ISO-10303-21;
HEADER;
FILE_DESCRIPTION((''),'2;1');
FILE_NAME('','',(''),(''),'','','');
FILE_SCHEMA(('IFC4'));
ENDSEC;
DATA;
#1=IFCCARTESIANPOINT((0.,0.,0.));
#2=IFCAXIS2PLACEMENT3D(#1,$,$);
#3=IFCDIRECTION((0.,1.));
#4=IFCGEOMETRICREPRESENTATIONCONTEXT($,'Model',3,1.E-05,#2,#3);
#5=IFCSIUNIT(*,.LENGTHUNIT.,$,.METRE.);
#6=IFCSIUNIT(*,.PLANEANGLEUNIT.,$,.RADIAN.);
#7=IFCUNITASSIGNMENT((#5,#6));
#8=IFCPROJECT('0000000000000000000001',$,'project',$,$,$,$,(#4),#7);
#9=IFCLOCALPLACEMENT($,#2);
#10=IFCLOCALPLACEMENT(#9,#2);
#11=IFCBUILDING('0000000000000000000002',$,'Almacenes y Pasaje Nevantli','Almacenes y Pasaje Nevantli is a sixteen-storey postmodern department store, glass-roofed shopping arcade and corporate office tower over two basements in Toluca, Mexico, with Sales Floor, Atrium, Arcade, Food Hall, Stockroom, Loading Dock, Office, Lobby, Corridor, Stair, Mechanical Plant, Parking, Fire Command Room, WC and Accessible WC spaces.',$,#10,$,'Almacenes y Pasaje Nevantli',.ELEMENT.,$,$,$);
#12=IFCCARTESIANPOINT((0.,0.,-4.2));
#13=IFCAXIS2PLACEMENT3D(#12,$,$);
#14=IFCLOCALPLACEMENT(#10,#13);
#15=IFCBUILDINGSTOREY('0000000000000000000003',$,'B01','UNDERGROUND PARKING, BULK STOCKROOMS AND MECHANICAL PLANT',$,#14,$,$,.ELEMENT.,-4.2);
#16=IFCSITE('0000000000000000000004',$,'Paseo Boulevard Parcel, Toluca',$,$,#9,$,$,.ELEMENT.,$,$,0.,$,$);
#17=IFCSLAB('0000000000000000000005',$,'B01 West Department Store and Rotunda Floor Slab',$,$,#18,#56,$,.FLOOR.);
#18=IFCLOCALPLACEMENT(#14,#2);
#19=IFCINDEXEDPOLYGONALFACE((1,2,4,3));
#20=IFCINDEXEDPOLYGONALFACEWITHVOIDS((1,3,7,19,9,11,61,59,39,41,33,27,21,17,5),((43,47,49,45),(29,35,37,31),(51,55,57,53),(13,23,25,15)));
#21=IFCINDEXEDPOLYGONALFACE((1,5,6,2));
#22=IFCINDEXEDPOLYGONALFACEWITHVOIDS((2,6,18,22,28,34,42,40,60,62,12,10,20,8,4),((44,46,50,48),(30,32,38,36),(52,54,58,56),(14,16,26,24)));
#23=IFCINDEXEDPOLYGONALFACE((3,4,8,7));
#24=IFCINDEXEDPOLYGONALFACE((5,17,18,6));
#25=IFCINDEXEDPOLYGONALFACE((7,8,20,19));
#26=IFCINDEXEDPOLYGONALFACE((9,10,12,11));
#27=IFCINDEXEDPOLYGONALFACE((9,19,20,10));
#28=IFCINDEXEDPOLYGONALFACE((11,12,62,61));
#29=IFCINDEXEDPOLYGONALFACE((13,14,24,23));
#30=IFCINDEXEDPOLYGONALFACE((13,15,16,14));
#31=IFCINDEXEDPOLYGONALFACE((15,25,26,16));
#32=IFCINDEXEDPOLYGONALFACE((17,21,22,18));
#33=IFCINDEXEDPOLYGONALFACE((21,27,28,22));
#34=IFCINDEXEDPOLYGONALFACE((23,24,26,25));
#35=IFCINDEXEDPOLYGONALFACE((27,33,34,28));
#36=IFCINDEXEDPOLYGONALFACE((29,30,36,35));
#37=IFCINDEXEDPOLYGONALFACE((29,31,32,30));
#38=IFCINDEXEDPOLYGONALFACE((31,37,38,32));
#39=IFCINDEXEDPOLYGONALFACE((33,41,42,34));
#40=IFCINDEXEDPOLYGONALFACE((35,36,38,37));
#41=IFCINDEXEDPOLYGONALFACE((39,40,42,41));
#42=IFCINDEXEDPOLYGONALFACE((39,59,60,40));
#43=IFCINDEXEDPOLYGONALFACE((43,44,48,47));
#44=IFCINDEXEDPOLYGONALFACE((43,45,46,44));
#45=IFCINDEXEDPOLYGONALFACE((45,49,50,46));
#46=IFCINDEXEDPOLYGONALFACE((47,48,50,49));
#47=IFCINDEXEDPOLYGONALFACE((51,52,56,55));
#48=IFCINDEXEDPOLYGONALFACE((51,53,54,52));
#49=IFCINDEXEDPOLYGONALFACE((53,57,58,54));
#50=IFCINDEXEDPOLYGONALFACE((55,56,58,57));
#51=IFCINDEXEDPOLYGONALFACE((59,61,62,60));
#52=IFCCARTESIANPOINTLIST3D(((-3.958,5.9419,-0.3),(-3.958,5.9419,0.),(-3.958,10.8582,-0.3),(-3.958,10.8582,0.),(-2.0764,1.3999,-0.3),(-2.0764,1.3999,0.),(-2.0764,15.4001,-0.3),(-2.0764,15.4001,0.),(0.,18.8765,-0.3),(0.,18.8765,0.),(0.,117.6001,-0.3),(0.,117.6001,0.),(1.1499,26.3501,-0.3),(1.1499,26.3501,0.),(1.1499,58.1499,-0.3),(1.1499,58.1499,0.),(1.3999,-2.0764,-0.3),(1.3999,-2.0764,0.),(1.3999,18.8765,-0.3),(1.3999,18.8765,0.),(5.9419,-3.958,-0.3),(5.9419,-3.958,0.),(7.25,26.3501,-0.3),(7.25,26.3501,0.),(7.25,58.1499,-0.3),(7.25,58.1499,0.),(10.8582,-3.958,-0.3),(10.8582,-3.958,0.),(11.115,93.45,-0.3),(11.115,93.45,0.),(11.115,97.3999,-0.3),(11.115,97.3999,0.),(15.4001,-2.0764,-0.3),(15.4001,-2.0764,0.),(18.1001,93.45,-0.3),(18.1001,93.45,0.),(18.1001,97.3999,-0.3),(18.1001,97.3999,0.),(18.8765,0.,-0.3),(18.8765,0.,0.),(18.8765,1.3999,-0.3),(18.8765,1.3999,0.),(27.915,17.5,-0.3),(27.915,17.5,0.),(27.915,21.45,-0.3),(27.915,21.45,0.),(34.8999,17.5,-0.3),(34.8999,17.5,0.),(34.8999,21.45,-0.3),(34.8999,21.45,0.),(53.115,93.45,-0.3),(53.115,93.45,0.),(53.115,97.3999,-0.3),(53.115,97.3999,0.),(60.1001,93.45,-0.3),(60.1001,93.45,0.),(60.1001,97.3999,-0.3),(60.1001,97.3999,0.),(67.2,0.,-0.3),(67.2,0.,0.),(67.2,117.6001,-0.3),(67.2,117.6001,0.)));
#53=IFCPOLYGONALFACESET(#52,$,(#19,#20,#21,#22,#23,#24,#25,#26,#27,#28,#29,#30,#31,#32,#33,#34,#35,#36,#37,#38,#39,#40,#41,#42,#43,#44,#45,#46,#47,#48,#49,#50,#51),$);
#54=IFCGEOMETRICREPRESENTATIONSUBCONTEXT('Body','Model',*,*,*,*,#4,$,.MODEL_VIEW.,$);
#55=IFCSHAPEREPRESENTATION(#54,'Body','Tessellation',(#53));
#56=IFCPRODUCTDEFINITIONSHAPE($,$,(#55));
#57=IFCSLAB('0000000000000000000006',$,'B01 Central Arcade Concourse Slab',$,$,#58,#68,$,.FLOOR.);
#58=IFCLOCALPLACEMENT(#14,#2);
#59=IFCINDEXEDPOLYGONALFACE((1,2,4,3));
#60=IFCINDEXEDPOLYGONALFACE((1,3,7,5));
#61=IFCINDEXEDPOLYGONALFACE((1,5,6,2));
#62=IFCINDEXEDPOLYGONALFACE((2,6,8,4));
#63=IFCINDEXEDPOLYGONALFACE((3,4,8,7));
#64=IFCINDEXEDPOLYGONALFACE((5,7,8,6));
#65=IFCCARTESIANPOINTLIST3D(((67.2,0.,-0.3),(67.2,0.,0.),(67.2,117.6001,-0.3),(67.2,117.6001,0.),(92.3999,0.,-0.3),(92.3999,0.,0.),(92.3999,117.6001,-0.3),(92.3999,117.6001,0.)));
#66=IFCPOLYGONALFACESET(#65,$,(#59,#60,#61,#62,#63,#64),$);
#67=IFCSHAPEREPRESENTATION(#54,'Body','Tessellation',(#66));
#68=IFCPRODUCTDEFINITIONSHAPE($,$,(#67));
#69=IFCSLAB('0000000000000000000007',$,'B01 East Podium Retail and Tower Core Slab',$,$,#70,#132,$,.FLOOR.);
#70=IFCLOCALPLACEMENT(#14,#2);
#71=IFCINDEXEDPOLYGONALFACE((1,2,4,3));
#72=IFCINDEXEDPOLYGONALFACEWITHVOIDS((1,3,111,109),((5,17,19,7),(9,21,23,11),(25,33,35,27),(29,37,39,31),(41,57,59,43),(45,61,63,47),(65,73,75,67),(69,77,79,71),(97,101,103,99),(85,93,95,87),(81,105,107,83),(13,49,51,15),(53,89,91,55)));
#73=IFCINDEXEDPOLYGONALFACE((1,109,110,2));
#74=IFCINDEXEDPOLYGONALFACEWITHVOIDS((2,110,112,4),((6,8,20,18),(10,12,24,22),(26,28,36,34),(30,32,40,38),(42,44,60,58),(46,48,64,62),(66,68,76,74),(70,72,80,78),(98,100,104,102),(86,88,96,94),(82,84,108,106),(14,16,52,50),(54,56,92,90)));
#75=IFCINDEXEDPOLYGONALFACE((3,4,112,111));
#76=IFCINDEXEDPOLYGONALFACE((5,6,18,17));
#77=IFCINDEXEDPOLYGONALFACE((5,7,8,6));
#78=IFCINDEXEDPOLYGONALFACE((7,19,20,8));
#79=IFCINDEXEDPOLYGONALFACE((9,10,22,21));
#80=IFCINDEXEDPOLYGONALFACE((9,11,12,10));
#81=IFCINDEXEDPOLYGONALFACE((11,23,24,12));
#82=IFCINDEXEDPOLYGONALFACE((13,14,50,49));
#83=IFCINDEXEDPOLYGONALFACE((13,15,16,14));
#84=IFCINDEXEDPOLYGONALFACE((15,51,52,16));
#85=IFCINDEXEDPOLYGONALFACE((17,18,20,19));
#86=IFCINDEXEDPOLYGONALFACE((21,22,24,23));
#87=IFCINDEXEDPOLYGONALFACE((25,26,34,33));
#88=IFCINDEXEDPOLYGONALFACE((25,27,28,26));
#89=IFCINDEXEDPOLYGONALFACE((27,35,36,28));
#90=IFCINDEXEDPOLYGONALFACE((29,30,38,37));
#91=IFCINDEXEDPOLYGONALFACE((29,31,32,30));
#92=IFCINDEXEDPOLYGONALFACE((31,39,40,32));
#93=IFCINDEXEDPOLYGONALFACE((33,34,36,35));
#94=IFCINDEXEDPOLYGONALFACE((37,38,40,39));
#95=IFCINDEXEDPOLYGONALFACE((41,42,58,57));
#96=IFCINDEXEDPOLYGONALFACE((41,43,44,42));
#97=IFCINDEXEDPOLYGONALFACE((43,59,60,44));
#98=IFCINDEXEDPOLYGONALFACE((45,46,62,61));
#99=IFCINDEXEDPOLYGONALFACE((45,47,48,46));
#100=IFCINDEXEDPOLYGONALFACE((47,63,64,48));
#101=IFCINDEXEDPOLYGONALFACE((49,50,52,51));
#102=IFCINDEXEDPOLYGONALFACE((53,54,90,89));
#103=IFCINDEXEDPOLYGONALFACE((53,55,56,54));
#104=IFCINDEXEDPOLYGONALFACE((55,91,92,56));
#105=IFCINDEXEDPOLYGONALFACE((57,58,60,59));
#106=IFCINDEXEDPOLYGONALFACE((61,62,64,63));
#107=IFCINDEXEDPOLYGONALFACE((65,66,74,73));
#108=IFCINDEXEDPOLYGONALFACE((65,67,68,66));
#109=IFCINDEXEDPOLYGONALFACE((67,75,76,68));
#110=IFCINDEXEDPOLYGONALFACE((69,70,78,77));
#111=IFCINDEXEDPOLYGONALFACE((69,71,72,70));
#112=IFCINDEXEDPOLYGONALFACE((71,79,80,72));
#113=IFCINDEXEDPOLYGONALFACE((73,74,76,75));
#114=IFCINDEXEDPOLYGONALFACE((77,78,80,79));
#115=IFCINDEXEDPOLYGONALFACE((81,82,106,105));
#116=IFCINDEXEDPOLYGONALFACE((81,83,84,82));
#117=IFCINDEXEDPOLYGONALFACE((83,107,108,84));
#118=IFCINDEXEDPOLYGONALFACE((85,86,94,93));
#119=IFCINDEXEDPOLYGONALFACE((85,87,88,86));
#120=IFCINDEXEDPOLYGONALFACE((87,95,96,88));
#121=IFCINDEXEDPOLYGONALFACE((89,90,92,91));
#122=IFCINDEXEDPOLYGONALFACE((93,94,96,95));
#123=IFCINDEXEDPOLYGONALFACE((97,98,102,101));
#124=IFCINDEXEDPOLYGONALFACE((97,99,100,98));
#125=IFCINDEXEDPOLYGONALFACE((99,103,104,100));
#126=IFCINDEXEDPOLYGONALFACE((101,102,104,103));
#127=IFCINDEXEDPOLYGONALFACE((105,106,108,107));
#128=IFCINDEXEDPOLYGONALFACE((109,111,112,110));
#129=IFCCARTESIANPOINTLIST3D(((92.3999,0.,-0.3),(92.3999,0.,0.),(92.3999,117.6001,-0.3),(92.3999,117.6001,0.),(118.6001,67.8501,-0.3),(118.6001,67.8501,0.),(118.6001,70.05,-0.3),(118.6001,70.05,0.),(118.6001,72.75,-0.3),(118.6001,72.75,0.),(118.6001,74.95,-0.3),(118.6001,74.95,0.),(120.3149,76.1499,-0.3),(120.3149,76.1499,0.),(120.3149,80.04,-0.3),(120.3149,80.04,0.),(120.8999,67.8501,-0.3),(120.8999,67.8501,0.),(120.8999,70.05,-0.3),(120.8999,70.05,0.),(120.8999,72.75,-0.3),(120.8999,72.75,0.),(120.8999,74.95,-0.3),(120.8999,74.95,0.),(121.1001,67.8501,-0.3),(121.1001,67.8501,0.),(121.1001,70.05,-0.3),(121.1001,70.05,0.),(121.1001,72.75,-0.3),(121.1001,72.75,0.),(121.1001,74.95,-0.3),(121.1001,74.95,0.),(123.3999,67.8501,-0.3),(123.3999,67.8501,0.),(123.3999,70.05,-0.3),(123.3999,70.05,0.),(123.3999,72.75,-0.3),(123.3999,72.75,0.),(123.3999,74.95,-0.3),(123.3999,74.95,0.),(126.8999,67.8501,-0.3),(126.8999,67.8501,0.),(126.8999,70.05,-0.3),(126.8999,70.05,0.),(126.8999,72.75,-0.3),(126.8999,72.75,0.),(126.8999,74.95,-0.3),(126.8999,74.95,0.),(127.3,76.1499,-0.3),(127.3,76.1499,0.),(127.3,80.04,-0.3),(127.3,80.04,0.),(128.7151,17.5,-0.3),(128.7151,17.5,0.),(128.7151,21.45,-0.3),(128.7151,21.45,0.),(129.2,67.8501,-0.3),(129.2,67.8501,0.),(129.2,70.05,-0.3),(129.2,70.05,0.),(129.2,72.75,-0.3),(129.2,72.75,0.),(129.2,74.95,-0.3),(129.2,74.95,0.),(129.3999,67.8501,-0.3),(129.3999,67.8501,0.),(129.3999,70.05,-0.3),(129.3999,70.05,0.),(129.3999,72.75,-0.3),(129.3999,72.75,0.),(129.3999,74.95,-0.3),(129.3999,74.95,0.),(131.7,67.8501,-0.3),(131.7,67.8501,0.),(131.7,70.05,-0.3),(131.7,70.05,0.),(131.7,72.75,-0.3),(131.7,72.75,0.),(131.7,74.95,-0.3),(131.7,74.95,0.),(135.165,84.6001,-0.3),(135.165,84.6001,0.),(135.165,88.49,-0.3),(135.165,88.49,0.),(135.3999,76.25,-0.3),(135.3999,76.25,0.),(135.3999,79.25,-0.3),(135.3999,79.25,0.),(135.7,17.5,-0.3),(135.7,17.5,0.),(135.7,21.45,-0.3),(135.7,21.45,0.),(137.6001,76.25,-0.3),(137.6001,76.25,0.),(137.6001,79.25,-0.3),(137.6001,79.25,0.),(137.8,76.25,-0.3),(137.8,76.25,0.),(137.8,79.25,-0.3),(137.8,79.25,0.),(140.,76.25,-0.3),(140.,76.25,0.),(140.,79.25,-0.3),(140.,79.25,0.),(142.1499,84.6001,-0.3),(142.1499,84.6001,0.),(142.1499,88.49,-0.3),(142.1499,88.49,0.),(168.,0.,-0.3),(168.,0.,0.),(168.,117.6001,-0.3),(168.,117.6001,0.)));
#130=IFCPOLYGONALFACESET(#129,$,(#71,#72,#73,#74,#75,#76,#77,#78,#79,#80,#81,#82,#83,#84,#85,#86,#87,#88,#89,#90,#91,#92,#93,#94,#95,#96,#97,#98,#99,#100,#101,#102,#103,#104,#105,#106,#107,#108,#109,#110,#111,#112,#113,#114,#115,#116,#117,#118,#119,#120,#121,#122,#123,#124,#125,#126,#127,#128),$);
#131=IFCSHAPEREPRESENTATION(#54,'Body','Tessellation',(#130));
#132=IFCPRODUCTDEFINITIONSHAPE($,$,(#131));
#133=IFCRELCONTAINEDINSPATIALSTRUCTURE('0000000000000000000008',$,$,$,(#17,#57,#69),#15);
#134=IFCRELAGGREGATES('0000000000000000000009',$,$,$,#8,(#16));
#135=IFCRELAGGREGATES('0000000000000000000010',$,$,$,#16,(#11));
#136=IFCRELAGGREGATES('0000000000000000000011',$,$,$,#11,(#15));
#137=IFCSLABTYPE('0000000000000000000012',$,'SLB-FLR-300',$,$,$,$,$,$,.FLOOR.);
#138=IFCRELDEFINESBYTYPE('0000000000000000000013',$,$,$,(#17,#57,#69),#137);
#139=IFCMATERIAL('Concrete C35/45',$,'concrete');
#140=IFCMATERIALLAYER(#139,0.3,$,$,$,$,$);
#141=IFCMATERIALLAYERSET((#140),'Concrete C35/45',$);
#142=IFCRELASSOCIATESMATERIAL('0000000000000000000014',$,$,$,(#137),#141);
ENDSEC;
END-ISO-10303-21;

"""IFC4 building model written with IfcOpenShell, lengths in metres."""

from ifc_helpers import new_model, si_unit, direction, frame, origin, place, context, subcontext, project, spatial, polyline, outline, extrude, material, layer, layer_set, type_object, element, save


model = new_model("IFC4")

# Units and contexts
model_context = context("Model", 3, precision=1e-05, world=origin(), true_north=direction((0.0, 1.0)))
body_context = subcontext(model_context, "Body", "Model", "MODEL_VIEW")
ifc_project = project(units=[si_unit("LENGTHUNIT", "METRE"), si_unit("PLANEANGLEUNIT", "RADIAN")], contexts=[model_context])

# Site, building, storey
site_placement = place(None, origin())
site = spatial("IfcSite", under=ifc_project, at=site_placement, Name="Paseo Boulevard Parcel, Toluca", CompositionType="ELEMENT", RefElevation=0.0)
building_placement = place(site_placement, origin())
building = spatial("IfcBuilding", under=site, at=building_placement, Name="Almacenes y Pasaje Nevantli", Description="Almacenes y Pasaje Nevantli is a sixteen-storey postmodern department store, glass-roofed shopping arcade and corporate office tower over two basements in Toluca, Mexico, with Sales Floor, Atrium, Arcade, Food Hall, Stockroom, Loading Dock, Office, Lobby, Corridor, Stair, Mechanical Plant, Parking, Fire Command Room, WC and Accessible WC spaces.", LongName="Almacenes y Pasaje Nevantli", CompositionType="ELEMENT")
storey_placement = place(building_placement, frame((0.0, 0.0, -4.2)))
storey = spatial("IfcBuildingStorey", under=building, at=storey_placement, Name="B01", Description="UNDERGROUND PARKING, BULK STOCKROOMS AND MECHANICAL PLANT", CompositionType="ELEMENT", Elevation=-4.2)

# Slabs
ifc_material_1 = material(Name="Concrete C35/45", Category="concrete")
ifc_layer_1 = layer(ifc_material_1, 0.3)
ifc_layer_set_1 = layer_set([ifc_layer_1], Name="Concrete C35/45")
slab_type_1 = type_object("IfcSlabType", Name="SLB-FLR-300", PredefinedType="FLOOR", material=ifc_layer_set_1)
slab_1_placement = place(storey_placement, frame((0.0, 0.0, -0.3)))
element("IfcSlab", 1, at=slab_1_placement, inside=storey, type_object=slab_type_1, Name="B01 West Department Store and Rotunda Floor Slab", PredefinedType="FLOOR", context=body_context, shape_type="SweptSolid", body=[
    extrude(outline(polyline([(18.8765, 0.0), (67.2, 0.0), (67.2, 117.6001), (0.0, 117.6001), (0.0, 18.8765), (1.3999, 18.8765), (-2.0764, 15.4001), (-3.958, 10.8582), (-3.958, 5.9419), (-2.0764, 1.3999), (1.3999, -2.0764), (5.9419, -3.958), (10.8582, -3.958), (15.4001, -2.0764), (18.8765, 1.3999), (18.8765, 0.0)]), holes=[polyline([(11.115, 93.45), (18.1001, 93.45), (18.1001, 97.3999), (11.115, 97.3999), (11.115, 93.45)]), polyline([(27.915, 17.5), (34.8999, 17.5), (34.8999, 21.45), (27.915, 21.45), (27.915, 17.5)]), polyline([(53.115, 93.45), (60.1001, 93.45), (60.1001, 97.3999), (53.115, 97.3999), (53.115, 93.45)]), polyline([(1.1499, 26.3501), (7.25, 26.3501), (7.25, 58.1499), (1.1499, 58.1499), (1.1499, 26.3501)])]), origin(), (0.0, 0.0, 1.0), 0.3),
])
slab_2_placement = place(storey_placement, frame((0.0, 0.0, -0.3)))
element("IfcSlab", 2, at=slab_2_placement, inside=storey, type_object=slab_type_1, Name="B01 Central Arcade Concourse Slab", PredefinedType="FLOOR", context=body_context, shape_type="SweptSolid", body=[
    extrude(outline(polyline([(67.2, 0.0), (92.3999, 0.0), (92.3999, 117.6001), (67.2, 117.6001), (67.2, 0.0)])), origin(), (0.0, 0.0, 1.0), 0.3),
])
slab_3_placement = place(storey_placement, frame((0.0, 0.0, -0.3)))
element("IfcSlab", 3, at=slab_3_placement, inside=storey, type_object=slab_type_1, Name="B01 East Podium Retail and Tower Core Slab", PredefinedType="FLOOR", context=body_context, shape_type="SweptSolid", body=[
    extrude(outline(polyline([(92.3999, 0.0), (168.0, 0.0), (168.0, 117.6001), (92.3999, 117.6001), (92.3999, 0.0)]), holes=[polyline([(120.3149, 76.1499), (127.3, 76.1499), (127.3, 80.04), (120.3149, 80.04), (120.3149, 76.1499)]), polyline([(135.165, 84.6001), (142.1499, 84.6001), (142.1499, 88.49), (135.165, 88.49), (135.165, 84.6001)]), polyline([(128.7151, 17.5), (135.7, 17.5), (135.7, 21.45), (128.7151, 21.45), (128.7151, 17.5)]), polyline([(126.8999, 67.8501), (129.2, 67.8501), (129.2, 70.05), (126.8999, 70.05), (126.8999, 67.8501)]), polyline([(129.3999, 67.8501), (131.7, 67.8501), (131.7, 70.05), (129.3999, 70.05), (129.3999, 67.8501)]), polyline([(126.8999, 72.75), (129.2, 72.75), (129.2, 74.95), (126.8999, 74.95), (126.8999, 72.75)]), polyline([(129.3999, 72.75), (131.7, 72.75), (131.7, 74.95), (129.3999, 74.95), (129.3999, 72.75)]), polyline([(118.6001, 67.8501), (120.8999, 67.8501), (120.8999, 70.05), (118.6001, 70.05), (118.6001, 67.8501)]), polyline([(121.1001, 67.8501), (123.3999, 67.8501), (123.3999, 70.05), (121.1001, 70.05), (121.1001, 67.8501)]), polyline([(118.6001, 72.75), (120.8999, 72.75), (120.8999, 74.95), (118.6001, 74.95), (118.6001, 72.75)]), polyline([(121.1001, 72.75), (123.3999, 72.75), (123.3999, 74.95), (121.1001, 74.95), (121.1001, 72.75)]), polyline([(135.3999, 76.25), (137.6001, 76.25), (137.6001, 79.25), (135.3999, 79.25), (135.3999, 76.25)]), polyline([(137.8, 76.25), (140.0, 76.25), (140.0, 79.25), (137.8, 79.25), (137.8, 76.25)])]), origin(), (0.0, 0.0, 1.0), 0.3),
])

save(model, "model.ifc")
